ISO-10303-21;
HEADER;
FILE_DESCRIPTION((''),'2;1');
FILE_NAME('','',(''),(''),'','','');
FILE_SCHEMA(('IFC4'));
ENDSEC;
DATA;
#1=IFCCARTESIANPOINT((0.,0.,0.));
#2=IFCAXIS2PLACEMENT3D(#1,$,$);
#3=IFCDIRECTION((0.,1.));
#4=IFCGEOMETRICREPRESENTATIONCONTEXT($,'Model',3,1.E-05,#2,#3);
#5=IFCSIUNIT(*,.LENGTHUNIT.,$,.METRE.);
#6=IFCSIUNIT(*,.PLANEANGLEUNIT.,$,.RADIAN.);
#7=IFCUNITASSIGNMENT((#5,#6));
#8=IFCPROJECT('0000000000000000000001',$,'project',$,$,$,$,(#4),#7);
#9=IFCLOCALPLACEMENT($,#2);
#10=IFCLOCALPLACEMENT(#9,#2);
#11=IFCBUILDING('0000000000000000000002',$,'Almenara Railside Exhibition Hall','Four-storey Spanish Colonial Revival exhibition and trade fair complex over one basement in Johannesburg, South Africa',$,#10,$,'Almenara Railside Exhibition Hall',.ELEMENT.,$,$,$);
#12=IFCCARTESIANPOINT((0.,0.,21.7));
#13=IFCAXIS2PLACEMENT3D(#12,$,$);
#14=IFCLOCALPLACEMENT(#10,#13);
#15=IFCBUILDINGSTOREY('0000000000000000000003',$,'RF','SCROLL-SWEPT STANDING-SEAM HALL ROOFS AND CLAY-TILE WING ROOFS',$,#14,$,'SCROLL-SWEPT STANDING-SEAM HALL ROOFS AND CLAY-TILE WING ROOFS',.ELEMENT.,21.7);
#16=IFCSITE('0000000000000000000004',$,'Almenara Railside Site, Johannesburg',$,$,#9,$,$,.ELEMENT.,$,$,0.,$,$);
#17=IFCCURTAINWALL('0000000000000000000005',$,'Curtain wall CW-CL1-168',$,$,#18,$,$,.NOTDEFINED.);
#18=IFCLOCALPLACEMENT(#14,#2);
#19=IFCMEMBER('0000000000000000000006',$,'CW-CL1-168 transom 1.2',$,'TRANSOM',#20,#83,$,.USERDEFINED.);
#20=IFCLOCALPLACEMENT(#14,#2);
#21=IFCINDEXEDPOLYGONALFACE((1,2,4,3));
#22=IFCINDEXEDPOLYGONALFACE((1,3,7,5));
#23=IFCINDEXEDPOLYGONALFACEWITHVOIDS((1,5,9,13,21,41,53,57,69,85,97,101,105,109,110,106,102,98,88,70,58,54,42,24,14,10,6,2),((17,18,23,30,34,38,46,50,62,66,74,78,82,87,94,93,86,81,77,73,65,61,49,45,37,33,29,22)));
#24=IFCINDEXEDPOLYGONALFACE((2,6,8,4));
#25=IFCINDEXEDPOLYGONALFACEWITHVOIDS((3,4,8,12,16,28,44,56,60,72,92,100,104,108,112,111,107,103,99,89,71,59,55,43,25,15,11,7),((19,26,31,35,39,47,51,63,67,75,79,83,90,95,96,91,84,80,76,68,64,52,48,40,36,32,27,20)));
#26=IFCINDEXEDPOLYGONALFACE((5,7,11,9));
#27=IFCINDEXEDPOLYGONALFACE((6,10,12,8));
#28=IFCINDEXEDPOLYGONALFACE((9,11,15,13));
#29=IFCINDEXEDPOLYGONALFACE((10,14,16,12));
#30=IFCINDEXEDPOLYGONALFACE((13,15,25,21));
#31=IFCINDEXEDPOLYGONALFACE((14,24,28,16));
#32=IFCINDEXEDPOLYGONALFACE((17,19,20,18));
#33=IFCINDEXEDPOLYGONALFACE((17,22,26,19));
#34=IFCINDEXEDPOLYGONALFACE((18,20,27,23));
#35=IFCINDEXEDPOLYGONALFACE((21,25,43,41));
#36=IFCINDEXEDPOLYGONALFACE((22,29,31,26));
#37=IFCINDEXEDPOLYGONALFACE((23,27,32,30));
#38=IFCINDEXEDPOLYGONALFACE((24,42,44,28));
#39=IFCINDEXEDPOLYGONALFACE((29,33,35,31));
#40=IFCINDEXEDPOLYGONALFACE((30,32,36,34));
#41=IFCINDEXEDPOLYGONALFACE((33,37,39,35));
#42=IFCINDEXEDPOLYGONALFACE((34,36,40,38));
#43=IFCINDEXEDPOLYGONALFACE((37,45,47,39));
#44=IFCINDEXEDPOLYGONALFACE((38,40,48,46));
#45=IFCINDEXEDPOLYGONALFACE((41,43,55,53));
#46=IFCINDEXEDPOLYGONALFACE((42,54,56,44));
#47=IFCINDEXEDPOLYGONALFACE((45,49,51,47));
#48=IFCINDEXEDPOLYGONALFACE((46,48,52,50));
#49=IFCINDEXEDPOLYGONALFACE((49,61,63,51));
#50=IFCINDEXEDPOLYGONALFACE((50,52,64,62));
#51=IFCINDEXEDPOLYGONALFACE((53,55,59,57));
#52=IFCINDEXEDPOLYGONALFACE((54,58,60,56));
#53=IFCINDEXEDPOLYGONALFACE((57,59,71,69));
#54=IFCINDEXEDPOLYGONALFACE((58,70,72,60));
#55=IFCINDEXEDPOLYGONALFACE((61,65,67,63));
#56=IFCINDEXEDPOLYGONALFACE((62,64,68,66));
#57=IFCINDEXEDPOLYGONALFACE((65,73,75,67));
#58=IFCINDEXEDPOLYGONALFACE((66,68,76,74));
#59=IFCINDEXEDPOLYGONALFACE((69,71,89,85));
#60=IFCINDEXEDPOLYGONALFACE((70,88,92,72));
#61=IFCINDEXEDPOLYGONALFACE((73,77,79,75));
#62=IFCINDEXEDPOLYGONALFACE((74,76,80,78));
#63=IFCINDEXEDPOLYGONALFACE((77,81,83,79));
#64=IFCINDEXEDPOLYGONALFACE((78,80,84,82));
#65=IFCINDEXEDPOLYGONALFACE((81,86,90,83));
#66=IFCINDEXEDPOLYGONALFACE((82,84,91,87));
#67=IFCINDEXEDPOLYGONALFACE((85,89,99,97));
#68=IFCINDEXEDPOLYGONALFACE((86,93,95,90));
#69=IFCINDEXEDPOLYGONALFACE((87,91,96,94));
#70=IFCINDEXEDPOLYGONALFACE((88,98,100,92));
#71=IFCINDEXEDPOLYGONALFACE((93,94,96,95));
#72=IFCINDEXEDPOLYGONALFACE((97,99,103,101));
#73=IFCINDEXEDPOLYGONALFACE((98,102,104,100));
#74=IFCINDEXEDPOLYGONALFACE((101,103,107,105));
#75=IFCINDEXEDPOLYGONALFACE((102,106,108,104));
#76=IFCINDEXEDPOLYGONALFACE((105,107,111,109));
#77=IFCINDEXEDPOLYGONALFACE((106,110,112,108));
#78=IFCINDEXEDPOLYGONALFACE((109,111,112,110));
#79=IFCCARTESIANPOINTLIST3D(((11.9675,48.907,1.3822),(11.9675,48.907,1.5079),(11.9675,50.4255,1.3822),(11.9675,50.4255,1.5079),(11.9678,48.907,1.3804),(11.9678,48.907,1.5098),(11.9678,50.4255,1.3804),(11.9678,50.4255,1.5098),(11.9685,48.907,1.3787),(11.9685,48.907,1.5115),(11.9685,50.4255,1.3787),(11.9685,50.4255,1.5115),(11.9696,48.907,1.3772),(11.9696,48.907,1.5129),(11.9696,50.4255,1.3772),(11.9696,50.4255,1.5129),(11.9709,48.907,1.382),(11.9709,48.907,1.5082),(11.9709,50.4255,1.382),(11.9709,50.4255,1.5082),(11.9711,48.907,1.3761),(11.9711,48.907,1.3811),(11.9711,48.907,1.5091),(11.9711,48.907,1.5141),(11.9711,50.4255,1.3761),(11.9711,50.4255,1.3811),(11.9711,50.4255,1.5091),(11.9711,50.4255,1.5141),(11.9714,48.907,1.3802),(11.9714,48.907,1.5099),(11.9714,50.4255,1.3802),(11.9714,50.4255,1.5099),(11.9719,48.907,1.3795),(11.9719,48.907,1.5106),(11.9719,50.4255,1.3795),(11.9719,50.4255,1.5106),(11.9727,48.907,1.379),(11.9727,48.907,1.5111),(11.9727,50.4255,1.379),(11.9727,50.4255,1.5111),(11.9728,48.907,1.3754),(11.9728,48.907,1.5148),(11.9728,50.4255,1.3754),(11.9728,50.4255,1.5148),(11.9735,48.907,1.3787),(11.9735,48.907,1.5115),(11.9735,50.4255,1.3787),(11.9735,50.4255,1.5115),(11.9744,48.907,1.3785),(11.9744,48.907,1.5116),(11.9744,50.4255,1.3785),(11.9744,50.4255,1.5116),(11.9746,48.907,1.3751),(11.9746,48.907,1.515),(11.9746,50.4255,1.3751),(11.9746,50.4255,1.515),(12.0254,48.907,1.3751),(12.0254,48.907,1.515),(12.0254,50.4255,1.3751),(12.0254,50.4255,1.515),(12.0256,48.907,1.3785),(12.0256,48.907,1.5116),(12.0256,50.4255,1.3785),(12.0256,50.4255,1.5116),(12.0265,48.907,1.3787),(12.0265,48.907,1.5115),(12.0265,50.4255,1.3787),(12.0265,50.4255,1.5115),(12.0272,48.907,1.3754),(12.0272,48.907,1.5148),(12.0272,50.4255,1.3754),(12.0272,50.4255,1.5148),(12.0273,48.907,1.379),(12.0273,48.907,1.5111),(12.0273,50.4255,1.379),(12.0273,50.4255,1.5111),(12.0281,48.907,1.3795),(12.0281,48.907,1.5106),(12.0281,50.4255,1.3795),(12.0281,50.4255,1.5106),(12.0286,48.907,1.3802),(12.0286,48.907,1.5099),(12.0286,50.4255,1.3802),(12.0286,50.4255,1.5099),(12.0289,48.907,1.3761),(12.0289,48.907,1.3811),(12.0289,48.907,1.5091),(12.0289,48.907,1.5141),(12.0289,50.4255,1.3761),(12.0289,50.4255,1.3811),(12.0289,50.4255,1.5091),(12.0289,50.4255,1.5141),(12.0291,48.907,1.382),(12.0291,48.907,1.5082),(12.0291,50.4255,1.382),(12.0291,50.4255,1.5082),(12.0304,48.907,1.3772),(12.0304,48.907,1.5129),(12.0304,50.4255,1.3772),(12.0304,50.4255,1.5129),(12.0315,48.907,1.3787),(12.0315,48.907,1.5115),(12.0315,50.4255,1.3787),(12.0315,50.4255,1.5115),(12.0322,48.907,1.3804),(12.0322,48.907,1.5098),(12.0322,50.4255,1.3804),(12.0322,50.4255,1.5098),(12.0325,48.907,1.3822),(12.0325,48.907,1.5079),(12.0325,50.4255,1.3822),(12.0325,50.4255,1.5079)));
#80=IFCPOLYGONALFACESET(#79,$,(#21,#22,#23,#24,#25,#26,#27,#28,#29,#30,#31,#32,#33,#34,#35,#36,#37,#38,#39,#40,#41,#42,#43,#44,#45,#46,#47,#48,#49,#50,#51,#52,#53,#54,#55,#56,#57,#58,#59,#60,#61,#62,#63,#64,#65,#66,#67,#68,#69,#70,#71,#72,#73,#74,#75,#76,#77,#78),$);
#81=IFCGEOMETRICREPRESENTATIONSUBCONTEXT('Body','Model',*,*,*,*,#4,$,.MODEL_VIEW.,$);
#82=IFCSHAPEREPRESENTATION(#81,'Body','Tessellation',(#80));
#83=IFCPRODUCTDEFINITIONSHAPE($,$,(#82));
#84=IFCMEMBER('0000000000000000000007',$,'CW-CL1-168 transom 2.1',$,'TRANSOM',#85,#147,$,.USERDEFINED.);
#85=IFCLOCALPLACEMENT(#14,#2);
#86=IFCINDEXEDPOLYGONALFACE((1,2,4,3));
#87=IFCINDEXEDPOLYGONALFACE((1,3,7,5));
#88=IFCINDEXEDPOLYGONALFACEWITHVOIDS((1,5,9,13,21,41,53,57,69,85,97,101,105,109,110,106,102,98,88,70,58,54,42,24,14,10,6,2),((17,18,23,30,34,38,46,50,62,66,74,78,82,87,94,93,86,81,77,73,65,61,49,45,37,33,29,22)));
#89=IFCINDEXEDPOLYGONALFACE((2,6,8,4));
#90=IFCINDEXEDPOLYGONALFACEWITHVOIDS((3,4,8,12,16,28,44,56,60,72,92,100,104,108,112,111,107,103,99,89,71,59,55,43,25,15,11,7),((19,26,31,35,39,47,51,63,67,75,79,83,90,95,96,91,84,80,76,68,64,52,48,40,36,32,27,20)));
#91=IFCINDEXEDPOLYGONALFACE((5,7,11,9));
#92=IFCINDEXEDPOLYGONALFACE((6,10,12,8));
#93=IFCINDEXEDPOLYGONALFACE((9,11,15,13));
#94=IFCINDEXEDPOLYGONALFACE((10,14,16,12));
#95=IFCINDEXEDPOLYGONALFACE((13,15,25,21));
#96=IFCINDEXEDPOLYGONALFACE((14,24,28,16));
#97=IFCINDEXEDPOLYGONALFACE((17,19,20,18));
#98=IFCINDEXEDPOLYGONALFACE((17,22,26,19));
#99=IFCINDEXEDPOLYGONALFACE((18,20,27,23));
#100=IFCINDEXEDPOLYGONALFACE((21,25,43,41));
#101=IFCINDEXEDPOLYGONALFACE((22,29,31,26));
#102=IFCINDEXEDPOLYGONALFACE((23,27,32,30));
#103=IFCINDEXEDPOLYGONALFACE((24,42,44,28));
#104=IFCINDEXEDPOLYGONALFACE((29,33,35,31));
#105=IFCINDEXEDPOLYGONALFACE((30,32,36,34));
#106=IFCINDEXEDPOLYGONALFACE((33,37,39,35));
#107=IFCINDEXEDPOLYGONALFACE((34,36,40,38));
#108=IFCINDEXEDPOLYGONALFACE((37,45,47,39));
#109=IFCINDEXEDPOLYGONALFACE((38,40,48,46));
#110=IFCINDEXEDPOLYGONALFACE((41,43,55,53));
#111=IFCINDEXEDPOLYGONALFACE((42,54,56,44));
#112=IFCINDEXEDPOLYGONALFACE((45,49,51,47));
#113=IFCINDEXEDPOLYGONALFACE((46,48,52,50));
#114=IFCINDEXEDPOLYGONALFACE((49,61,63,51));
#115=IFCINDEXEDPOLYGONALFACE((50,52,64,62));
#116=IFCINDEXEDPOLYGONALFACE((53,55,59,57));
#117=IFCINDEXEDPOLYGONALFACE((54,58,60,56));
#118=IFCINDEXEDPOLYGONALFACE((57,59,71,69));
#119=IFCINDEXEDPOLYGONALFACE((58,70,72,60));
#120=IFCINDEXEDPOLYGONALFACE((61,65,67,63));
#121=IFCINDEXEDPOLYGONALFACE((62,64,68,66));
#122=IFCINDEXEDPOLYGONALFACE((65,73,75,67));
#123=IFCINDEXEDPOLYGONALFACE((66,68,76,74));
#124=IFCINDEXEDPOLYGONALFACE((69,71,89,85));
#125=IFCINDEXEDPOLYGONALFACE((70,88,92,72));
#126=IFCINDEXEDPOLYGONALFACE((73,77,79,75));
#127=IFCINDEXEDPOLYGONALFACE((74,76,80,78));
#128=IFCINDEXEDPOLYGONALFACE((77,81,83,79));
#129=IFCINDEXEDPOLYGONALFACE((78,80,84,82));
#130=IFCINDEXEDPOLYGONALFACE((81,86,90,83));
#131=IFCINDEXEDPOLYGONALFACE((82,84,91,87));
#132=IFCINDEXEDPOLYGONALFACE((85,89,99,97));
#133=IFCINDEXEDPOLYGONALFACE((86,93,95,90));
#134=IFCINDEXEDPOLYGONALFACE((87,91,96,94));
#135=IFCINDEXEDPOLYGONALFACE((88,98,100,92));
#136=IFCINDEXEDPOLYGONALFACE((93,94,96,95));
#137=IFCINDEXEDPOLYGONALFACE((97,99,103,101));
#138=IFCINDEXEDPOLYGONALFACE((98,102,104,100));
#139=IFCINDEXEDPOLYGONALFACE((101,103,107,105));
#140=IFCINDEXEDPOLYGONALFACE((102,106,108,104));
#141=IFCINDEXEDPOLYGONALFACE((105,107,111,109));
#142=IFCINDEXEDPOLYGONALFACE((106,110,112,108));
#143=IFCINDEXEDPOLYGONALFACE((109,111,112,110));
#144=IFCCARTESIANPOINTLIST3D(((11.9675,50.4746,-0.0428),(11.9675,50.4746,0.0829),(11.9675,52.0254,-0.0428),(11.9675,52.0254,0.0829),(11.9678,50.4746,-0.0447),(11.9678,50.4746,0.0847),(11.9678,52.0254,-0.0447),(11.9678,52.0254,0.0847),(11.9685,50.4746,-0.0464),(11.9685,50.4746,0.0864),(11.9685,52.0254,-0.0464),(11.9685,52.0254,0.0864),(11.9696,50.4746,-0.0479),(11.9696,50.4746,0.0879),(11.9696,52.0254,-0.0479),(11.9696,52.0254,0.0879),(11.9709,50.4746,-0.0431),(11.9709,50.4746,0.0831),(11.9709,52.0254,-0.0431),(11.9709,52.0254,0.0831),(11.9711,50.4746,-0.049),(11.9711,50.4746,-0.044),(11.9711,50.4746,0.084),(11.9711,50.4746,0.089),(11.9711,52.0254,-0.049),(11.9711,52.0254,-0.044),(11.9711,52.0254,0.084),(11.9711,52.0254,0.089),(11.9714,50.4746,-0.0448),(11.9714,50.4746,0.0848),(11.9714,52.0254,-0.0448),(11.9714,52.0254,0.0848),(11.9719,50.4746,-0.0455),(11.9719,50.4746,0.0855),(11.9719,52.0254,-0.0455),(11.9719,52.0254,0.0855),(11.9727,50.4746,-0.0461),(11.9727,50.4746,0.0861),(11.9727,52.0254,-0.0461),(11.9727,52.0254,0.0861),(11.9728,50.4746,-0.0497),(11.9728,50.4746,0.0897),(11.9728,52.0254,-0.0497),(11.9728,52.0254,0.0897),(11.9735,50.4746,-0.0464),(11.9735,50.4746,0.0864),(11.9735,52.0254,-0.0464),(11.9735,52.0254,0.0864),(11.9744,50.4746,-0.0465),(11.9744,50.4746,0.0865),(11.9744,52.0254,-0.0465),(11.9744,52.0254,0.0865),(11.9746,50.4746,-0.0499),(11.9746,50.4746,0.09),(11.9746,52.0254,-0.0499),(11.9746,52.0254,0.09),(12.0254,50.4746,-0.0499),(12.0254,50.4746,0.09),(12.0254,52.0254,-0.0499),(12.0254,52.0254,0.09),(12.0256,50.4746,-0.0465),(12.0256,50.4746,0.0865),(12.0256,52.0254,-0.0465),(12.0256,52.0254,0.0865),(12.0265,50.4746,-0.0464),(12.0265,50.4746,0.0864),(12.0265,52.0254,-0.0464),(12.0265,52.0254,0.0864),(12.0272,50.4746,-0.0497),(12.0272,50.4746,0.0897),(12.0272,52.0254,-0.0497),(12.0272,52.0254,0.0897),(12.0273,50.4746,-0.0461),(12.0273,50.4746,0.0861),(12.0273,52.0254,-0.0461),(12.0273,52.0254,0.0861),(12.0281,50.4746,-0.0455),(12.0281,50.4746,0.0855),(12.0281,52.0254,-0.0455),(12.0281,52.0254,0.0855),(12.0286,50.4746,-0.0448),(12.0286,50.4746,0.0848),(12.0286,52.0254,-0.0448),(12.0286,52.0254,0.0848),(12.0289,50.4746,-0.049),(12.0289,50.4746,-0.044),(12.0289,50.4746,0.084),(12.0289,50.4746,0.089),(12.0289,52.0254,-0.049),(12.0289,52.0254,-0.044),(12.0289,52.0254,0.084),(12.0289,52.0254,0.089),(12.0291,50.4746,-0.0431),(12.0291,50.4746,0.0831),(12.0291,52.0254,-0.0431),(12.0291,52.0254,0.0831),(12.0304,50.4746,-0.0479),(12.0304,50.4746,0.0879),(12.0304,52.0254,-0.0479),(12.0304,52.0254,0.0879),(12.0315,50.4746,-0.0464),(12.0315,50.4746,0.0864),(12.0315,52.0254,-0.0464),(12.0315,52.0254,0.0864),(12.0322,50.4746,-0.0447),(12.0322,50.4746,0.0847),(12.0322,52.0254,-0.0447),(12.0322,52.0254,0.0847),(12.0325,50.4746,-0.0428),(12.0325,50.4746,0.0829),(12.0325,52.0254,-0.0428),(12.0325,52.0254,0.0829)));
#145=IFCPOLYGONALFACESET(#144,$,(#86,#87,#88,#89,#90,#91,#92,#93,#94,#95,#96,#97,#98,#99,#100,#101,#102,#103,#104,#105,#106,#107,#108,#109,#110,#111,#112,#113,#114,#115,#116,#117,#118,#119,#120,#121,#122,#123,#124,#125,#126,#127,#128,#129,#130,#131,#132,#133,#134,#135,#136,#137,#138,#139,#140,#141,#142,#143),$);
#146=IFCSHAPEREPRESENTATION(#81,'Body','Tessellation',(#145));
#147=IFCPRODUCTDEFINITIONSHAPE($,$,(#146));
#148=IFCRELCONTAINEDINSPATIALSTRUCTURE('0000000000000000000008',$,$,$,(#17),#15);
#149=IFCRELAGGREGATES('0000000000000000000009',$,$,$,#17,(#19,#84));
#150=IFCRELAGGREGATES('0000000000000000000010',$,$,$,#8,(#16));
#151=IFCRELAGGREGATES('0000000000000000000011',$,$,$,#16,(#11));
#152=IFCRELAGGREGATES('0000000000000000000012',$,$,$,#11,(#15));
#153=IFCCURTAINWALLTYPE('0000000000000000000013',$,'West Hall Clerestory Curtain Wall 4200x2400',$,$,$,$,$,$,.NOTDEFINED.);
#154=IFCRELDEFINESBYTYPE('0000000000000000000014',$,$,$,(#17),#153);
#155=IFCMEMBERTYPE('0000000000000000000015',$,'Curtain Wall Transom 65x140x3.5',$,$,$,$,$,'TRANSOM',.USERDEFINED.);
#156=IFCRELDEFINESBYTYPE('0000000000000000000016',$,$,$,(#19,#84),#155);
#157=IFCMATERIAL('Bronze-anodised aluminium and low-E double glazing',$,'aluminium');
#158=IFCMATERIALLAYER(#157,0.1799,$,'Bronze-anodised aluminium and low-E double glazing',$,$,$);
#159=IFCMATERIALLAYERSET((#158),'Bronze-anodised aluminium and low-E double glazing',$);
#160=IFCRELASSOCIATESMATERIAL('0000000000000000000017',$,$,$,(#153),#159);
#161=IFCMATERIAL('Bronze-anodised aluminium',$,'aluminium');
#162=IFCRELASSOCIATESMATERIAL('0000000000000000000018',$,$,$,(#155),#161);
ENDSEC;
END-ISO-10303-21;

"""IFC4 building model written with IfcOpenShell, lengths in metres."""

from ifc_helpers import new_model, si_unit, direction, frame, origin, origin_2d, place, context, subcontext, project, spatial, hollow_rectangle, extrude, material, layer, layer_set, material_profile, profile_set, type_object, element, aggregate, save


model = new_model("IFC4")

# Units and contexts
model_context = context("Model", 3, precision=1e-05, world=origin(), true_north=direction((0.0, 1.0)))
body_context = subcontext(model_context, "Body", "Model", "MODEL_VIEW")
ifc_project = project(units=[si_unit("LENGTHUNIT", "METRE"), si_unit("PLANEANGLEUNIT", "RADIAN")], contexts=[model_context])

# Site, building, storey
site_placement = place(None, origin())
site = spatial("IfcSite", under=ifc_project, at=site_placement, Name="Almenara Railside Site, Johannesburg", CompositionType="ELEMENT", RefElevation=0.0)
building_placement = place(site_placement, origin())
building = spatial("IfcBuilding", under=site, at=building_placement, Name="Almenara Railside Exhibition Hall", Description="Four-storey Spanish Colonial Revival exhibition and trade fair complex over one basement in Johannesburg, South Africa", LongName="Almenara Railside Exhibition Hall", CompositionType="ELEMENT")
storey_placement = place(building_placement, frame((0.0, 0.0, 21.7)))
storey = spatial("IfcBuildingStorey", under=building, at=storey_placement, Name="RF", Description="SCROLL-SWEPT STANDING-SEAM HALL ROOFS AND CLAY-TILE WING ROOFS", LongName="SCROLL-SWEPT STANDING-SEAM HALL ROOFS AND CLAY-TILE WING ROOFS", CompositionType="ELEMENT", Elevation=21.7)

# Shared definitions
ifc_material_1 = material(Name="Bronze-anodised aluminium and low-E double glazing", Category="aluminium")
ifc_layer_1 = layer(ifc_material_1, 0.1799, Name="Bronze-anodised aluminium and low-E double glazing")
ifc_layer_set_1 = layer_set([ifc_layer_1], Name="Bronze-anodised aluminium and low-E double glazing")
curtain_wall_type_1 = type_object("IfcCurtainWallType", Name="West Hall Clerestory Curtain Wall 4200x2400", PredefinedType="NOTDEFINED", material=ifc_layer_set_1)
ifc_material_2 = material(Name="Bronze-anodised aluminium", Category="aluminium")

# Curtain wall
curtain_wall_1_placement = place(storey_placement, origin())
curtain_wall_1 = element("IfcCurtainWall", 1, at=curtain_wall_1_placement, inside=storey, type_object=curtain_wall_type_1, Name="Curtain wall CW-CL1-168", PredefinedType="NOTDEFINED")

# Members
ifc_material_profile_1 = material_profile(ifc_material_2, hollow_rectangle(XDim=0.0649, YDim=0.1399, WallThickness=0.0034, InnerFilletRadius=0.0034, OuterFilletRadius=0.0071, at=origin_2d()), Name="ALU-TRN 65x140x3.5")
ifc_profile_set_1 = profile_set([ifc_material_profile_1], Name="Bronze-anodised aluminium")
member_type_1 = type_object("IfcMemberType", Name="Curtain Wall Transom 65x140x3.5", ElementType="TRANSOM", PredefinedType="USERDEFINED", material=ifc_profile_set_1)
member_1_placement = place(storey_placement, frame((12.0, 48.907, 1.4451), z_axis=(0.0, 1.0, 0.0), x_axis=(-1.0, 0.0, 0.0)))
member_1 = element("IfcMember", 2, at=member_1_placement, type_object=member_type_1, Name="CW-CL1-168 transom 1.2", ObjectType="TRANSOM", PredefinedType="USERDEFINED", context=body_context, shape_type="SweptSolid", body=[
    extrude(hollow_rectangle(XDim=0.0649, YDim=0.1399, WallThickness=0.0034, InnerFilletRadius=0.0034, OuterFilletRadius=0.0071, at=origin_2d()), origin(), (0.0, 0.0, 1.0), 1.5186),
])
member_2_placement = place(storey_placement, frame((12.0, 50.4746, 0.02), z_axis=(0.0, 1.0, 0.0), x_axis=(-1.0, 0.0, 0.0)))
member_2 = element("IfcMember", 3, at=member_2_placement, type_object=member_type_1, Name="CW-CL1-168 transom 2.1", ObjectType="TRANSOM", PredefinedType="USERDEFINED", context=body_context, shape_type="SweptSolid", body=[
    extrude(hollow_rectangle(XDim=0.0649, YDim=0.1399, WallThickness=0.0034, InnerFilletRadius=0.0034, OuterFilletRadius=0.0071, at=origin_2d()), origin(), (0.0, 0.0, 1.0), 1.5508),
])

aggregate(curtain_wall_1, [member_1, member_2])

save(model, "model.ifc")
